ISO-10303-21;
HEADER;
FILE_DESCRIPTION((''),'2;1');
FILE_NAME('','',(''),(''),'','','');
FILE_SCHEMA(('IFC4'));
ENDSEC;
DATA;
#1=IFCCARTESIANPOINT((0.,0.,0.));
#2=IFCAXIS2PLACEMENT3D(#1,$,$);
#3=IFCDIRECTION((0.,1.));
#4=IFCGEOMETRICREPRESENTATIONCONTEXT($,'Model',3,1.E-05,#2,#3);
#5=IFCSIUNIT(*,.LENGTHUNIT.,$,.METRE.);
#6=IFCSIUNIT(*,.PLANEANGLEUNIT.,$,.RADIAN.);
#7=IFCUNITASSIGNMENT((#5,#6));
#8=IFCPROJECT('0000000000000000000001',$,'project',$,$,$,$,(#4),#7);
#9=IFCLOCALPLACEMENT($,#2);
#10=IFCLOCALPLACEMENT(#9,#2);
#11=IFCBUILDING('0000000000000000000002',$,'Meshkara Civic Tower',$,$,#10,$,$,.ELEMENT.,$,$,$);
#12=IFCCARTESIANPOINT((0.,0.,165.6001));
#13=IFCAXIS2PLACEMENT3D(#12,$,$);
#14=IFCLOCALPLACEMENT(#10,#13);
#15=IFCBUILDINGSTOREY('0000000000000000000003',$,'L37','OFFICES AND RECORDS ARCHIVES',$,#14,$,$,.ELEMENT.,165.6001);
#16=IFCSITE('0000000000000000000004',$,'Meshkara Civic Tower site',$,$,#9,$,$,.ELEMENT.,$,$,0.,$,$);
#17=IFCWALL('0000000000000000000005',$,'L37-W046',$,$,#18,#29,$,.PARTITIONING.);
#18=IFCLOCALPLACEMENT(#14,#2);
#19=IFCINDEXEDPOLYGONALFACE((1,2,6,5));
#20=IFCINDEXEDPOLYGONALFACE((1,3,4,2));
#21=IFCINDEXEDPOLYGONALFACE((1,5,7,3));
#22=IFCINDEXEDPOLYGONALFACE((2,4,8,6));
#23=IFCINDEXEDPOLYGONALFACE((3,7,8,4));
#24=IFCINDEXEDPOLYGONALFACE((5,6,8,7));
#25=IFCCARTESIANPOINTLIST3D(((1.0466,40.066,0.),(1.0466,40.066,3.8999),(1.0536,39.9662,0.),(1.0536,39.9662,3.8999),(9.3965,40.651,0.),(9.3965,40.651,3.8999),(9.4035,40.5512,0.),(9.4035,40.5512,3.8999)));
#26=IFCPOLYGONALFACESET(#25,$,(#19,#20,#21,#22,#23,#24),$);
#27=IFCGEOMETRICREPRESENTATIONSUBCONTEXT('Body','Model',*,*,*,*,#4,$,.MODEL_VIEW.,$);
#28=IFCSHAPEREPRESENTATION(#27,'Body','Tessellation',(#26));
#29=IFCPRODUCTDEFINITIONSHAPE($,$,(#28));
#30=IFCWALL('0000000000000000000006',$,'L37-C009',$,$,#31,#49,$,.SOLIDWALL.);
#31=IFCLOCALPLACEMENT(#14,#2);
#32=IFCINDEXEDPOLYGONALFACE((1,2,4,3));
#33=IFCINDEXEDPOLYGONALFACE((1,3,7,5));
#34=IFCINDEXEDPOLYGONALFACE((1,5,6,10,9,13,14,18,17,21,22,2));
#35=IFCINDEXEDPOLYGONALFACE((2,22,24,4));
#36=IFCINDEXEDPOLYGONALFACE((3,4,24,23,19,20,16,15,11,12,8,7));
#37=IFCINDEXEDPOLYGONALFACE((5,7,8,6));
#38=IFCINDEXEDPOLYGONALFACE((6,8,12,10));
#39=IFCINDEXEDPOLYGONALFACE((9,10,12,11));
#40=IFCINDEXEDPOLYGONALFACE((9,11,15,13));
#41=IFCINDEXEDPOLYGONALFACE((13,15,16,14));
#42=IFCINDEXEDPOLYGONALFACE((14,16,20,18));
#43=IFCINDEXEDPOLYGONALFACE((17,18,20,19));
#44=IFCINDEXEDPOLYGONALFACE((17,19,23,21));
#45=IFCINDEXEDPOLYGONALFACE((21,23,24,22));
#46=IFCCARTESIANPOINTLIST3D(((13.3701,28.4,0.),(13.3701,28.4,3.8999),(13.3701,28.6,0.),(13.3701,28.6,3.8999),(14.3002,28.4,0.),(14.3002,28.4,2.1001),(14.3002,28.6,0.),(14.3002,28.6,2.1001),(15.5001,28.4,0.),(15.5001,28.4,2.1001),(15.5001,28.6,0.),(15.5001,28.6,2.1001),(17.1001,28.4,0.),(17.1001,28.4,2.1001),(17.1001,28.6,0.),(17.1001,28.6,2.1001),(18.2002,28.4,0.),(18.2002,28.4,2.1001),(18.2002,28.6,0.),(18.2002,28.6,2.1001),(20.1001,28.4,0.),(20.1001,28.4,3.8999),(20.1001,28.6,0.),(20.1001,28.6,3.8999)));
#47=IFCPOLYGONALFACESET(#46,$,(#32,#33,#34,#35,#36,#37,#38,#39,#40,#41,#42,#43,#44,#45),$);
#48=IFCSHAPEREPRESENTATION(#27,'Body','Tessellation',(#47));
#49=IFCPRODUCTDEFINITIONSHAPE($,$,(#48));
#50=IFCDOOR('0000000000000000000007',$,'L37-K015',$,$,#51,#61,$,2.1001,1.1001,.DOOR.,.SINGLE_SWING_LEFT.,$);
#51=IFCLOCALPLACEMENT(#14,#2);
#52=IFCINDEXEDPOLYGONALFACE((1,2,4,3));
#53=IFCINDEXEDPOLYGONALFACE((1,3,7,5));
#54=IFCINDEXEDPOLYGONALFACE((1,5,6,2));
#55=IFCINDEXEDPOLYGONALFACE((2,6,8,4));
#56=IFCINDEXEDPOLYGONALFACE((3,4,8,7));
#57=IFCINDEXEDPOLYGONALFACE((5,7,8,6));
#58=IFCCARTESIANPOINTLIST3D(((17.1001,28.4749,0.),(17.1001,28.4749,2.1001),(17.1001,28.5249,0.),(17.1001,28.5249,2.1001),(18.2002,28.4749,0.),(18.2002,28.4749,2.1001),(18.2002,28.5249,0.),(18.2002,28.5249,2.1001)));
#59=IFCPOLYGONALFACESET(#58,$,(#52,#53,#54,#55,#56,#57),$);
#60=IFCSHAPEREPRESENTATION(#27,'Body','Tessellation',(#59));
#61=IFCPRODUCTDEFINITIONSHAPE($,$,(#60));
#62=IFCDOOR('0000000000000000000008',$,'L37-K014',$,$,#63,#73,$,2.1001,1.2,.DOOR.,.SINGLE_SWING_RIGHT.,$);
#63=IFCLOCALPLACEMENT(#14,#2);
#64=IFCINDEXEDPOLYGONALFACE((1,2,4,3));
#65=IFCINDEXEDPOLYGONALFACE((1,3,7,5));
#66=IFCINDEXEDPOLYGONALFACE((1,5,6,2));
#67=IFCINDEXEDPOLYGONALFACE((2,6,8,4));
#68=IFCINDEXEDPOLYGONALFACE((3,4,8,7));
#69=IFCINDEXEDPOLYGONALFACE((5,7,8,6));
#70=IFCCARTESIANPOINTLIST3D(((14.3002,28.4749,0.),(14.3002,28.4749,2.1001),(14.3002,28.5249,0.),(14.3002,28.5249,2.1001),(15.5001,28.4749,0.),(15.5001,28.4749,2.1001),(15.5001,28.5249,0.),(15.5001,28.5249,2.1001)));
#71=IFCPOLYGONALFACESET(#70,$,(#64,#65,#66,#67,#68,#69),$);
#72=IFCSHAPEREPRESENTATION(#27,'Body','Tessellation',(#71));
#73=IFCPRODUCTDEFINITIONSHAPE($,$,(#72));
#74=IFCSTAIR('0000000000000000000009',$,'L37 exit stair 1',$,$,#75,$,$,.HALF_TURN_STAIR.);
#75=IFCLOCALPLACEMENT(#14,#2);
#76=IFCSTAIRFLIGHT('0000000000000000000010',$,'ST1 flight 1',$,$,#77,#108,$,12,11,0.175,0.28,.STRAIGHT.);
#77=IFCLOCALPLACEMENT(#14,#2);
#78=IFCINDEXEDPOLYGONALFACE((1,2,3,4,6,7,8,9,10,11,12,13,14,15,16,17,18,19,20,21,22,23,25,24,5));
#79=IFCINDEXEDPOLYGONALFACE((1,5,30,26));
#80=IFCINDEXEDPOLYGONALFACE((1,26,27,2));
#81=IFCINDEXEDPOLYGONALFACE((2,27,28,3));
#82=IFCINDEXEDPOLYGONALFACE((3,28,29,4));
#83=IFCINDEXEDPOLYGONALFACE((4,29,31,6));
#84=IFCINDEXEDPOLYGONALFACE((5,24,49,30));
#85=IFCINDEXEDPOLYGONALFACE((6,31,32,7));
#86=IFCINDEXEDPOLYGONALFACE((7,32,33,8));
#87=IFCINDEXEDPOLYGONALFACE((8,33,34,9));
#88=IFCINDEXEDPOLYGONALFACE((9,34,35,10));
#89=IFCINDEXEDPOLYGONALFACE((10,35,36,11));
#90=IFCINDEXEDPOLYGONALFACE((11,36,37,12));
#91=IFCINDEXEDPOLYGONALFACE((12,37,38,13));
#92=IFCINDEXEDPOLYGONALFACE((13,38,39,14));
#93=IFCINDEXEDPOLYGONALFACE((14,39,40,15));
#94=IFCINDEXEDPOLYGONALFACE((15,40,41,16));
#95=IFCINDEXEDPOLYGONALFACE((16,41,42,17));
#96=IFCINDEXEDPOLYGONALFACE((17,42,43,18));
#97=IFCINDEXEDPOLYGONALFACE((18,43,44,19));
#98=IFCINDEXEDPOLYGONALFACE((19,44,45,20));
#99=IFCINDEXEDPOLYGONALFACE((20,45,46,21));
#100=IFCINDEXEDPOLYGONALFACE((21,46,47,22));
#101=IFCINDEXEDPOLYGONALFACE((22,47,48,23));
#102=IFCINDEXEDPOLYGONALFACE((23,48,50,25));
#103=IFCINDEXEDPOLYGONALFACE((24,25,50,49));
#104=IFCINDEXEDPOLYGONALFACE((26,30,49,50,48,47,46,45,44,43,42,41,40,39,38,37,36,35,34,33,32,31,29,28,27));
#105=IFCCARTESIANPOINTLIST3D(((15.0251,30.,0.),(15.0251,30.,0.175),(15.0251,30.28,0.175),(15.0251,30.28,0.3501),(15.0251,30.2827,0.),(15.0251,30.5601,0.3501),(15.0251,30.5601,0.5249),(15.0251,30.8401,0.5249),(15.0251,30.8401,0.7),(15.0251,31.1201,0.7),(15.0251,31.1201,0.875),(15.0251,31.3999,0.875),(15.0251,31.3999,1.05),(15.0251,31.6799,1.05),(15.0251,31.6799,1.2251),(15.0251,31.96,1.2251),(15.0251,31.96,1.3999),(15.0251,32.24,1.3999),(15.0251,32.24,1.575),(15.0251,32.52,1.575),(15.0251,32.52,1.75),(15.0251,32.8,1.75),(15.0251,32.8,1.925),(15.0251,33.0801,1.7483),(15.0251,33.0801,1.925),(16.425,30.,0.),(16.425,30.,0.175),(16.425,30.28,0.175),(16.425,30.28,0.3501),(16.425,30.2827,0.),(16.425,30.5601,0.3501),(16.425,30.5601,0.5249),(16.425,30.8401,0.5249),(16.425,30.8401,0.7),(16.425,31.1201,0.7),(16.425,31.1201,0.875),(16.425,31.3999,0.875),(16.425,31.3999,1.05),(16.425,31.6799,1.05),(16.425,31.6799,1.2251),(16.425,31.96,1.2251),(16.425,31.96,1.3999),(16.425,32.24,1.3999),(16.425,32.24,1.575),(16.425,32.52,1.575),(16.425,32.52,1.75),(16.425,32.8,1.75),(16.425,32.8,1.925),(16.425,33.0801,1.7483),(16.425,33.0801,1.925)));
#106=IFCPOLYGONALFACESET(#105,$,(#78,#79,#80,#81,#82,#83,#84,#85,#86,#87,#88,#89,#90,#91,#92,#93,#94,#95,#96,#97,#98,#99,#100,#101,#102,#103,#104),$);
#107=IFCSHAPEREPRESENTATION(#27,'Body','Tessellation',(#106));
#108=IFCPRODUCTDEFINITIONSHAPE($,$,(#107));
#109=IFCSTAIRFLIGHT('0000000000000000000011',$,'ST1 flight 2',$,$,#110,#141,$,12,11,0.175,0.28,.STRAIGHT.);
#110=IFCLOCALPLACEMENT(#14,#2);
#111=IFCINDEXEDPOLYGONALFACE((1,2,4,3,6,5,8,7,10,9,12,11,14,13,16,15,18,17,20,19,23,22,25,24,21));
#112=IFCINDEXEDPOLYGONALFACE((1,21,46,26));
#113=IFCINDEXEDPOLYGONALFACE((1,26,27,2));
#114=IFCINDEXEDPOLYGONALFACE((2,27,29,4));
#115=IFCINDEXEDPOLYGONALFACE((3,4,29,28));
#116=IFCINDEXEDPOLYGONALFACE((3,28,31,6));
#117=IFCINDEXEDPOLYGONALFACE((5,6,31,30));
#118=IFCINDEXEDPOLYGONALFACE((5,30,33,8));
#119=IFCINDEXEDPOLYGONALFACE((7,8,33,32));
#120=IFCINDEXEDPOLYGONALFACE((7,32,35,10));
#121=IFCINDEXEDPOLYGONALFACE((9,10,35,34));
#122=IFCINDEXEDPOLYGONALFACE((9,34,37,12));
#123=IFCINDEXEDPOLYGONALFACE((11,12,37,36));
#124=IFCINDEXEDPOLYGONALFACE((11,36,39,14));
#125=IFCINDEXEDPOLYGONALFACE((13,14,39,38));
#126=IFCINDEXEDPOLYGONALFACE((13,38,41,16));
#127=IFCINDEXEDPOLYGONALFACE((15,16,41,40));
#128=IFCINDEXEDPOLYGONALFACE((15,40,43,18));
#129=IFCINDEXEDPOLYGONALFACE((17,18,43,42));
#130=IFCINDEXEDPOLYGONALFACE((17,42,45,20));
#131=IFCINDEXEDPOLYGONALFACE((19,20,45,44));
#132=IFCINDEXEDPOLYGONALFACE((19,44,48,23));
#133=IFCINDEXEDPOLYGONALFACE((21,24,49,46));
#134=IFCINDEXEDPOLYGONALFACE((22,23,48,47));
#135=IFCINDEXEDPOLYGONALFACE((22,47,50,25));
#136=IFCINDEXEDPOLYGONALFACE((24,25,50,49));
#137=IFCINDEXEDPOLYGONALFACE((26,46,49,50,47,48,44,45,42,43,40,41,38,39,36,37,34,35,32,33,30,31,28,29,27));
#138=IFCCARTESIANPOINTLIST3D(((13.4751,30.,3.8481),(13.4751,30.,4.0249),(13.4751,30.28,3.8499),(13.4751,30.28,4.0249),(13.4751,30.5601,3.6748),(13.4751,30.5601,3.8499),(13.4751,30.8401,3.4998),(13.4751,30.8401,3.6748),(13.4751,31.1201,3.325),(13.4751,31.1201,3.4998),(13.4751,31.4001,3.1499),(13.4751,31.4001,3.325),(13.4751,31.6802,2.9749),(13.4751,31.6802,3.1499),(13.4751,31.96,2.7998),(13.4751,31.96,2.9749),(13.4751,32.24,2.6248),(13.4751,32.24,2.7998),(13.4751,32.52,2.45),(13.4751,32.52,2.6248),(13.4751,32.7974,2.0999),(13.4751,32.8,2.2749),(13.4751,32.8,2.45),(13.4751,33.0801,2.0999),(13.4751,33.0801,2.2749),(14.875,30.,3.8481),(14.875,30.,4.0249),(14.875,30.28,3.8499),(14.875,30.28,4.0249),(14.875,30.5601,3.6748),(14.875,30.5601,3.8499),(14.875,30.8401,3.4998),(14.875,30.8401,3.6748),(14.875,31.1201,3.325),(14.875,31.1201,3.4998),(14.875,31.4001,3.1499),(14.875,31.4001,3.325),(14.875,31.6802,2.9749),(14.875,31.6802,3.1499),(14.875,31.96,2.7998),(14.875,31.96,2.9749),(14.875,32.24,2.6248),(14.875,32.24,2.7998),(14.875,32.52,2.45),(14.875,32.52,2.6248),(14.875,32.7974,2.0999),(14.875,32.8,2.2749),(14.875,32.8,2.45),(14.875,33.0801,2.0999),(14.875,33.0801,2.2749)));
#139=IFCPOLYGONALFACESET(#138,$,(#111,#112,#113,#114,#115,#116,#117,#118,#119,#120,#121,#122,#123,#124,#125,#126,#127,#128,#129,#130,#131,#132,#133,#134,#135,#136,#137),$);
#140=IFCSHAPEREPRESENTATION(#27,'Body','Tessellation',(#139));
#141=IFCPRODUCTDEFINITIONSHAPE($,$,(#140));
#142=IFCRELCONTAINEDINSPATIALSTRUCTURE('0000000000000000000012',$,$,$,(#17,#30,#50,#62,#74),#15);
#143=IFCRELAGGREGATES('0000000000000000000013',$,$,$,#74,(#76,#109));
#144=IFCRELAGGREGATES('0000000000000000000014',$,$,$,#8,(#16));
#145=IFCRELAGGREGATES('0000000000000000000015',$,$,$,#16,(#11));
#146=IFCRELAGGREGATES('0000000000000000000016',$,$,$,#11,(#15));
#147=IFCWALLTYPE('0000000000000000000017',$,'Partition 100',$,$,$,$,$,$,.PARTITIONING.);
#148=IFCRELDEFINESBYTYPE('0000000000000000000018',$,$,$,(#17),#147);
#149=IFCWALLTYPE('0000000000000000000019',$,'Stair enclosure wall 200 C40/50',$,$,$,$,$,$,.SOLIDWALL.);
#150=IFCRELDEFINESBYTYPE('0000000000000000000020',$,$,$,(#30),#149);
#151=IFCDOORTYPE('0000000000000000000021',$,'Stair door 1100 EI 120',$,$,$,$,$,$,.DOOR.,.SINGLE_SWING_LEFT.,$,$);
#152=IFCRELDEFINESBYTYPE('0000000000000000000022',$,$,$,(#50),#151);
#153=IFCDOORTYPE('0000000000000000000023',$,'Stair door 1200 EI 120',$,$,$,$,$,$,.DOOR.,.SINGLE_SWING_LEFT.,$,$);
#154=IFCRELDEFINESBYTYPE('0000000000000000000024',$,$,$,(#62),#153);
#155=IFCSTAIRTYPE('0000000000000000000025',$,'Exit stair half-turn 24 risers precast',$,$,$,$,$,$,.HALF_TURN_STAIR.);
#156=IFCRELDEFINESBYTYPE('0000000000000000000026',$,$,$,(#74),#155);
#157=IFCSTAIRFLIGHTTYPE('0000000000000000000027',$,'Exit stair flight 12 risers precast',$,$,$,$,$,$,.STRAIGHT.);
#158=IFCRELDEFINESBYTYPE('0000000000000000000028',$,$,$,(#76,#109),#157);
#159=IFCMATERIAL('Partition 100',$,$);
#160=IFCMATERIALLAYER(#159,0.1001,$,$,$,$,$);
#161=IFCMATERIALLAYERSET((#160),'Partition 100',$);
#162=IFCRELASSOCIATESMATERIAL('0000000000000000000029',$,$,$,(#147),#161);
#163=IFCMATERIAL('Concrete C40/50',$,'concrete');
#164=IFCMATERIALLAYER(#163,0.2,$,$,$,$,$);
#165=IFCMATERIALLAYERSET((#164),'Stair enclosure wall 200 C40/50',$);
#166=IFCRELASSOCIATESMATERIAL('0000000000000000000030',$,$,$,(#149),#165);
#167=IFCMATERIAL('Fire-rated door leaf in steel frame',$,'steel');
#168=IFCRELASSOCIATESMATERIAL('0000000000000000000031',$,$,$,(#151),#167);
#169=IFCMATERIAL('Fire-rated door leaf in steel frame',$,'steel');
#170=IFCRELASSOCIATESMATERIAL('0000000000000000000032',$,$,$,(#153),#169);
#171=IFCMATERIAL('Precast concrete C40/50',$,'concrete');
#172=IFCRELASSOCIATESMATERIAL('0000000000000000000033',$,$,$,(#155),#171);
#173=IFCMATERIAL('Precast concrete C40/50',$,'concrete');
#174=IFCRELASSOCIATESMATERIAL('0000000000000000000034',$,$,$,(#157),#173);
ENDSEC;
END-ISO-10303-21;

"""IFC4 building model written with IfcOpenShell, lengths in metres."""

from ifc_helpers import new_model, si_unit, direction, frame, frame_2d, origin, place, context, subcontext, project, spatial, polyline, rectangle, outline, extrude, material, layer, layer_set, type_object, element, fill, aggregate, save


model = new_model("IFC4")

# Units and contexts
model_context = context("Model", 3, precision=1e-05, world=origin(), true_north=direction((0.0, 1.0)))
body_context = subcontext(model_context, "Body", "Model", "MODEL_VIEW")
ifc_project = project(units=[si_unit("LENGTHUNIT", "METRE"), si_unit("PLANEANGLEUNIT", "RADIAN")], contexts=[model_context])

# Site, building, storey
site_placement = place(None, origin())
site = spatial("IfcSite", under=ifc_project, at=site_placement, Name="Meshkara Civic Tower site", CompositionType="ELEMENT", RefElevation=0.0)
building_placement = place(site_placement, origin())
building = spatial("IfcBuilding", under=site, at=building_placement, Name="Meshkara Civic Tower", CompositionType="ELEMENT")
storey_placement = place(building_placement, frame((0.0, 0.0, 165.6001)))
storey = spatial("IfcBuildingStorey", under=building, at=storey_placement, Name="L37", Description="OFFICES AND RECORDS ARCHIVES", CompositionType="ELEMENT", Elevation=165.6001)

# Wall
ifc_material_1 = material(Name="Partition 100")
ifc_layer_1 = layer(ifc_material_1, 0.1001)
ifc_layer_set_1 = layer_set([ifc_layer_1], Name="Partition 100")
wall_type_1 = type_object("IfcWallType", Name="Partition 100", PredefinedType="PARTITIONING", material=ifc_layer_set_1)
wall_1_placement = place(storey_placement, frame((9.3999, 40.6011, 0.0), z_axis=(0.0, 0.0, 1.0), x_axis=(-0.997555, -0.069885, 0.0)))
element("IfcWall", 1, at=wall_1_placement, inside=storey, type_object=wall_type_1, Name="L37-W046", PredefinedType="PARTITIONING", context=body_context, shape_type="SweptSolid", body=[
    extrude(rectangle(XDim=8.3704, YDim=0.1001, at=frame_2d((4.1851, 0.0))), origin(), (0.0, 0.0, 1.0), 3.8999),
])

# Wall, openings, doors
ifc_material_2 = material(Name="Concrete C40/50", Category="concrete")
ifc_layer_2 = layer(ifc_material_2, 0.2)
ifc_layer_set_2 = layer_set([ifc_layer_2], Name="Stair enclosure wall 200 C40/50")
wall_type_2 = type_object("IfcWallType", Name="Stair enclosure wall 200 C40/50", PredefinedType="SOLIDWALL", material=ifc_layer_set_2)
wall_2_placement = place(storey_placement, frame((13.3701, 28.5, 0.0), z_axis=(0.0, 0.0, 1.0), x_axis=(1.0, 0.0, 0.0)))
wall_2 = element("IfcWall", 2, at=wall_2_placement, inside=storey, type_object=wall_type_2, Name="L37-C009", PredefinedType="SOLIDWALL", context=body_context, shape_type="SweptSolid", body=[
    extrude(rectangle(XDim=6.73, YDim=0.2, at=frame_2d((3.365, 0.0))), origin(), (0.0, 0.0, 1.0), 3.8999),
])
opening_1_placement = place(wall_2_placement, frame((0.9299, 0.0, 0.0)))
opening_1 = element("IfcOpeningElement", 3, at=opening_1_placement, cuts=wall_2, PredefinedType="OPENING", context=body_context, shape_type="SweptSolid", body=[
    extrude(rectangle(XDim=1.2, YDim=2.1001, at=frame_2d((0.6001, 1.05))), frame((0.0, 0.1099, 0.0), z_axis=(0.0, -1.0, 0.0), x_axis=(1.0, 0.0, 0.0)), (0.0, 0.0, 1.0), 0.22),
])
opening_2_placement = place(wall_2_placement, frame((3.73, 0.0, 0.0)))
opening_2 = element("IfcOpeningElement", 4, at=opening_2_placement, cuts=wall_2, PredefinedType="OPENING", context=body_context, shape_type="SweptSolid", body=[
    extrude(rectangle(XDim=1.1001, YDim=2.1001, at=frame_2d((0.55, 1.05))), frame((0.0, 0.1099, 0.0), z_axis=(0.0, -1.0, 0.0), x_axis=(1.0, 0.0, 0.0)), (0.0, 0.0, 1.0), 0.22),
])
ifc_material_3 = material(Name="Fire-rated door leaf in steel frame", Category="steel")
door_type_1 = type_object("IfcDoorType", Name="Stair door 1100 EI 120", OperationType="SINGLE_SWING_LEFT", PredefinedType="DOOR", material=ifc_material_3)
door_1_placement = place(opening_2_placement, origin())
door_1 = element("IfcDoor", 5, at=door_1_placement, inside=storey, type_object=door_type_1, Name="L37-K015", OperationType="SINGLE_SWING_LEFT", OverallHeight=2.1001, OverallWidth=1.1001, PredefinedType="DOOR", context=body_context, shape_type="SweptSolid", body=[
    extrude(rectangle(XDim=1.1001, YDim=2.1001, at=frame_2d((0.55, 1.05))), frame((0.0, 0.0249, 0.0), z_axis=(0.0, -1.0, 0.0), x_axis=(1.0, 0.0, 0.0)), (0.0, 0.0, 1.0), 0.05),
])
fill(opening_2, door_1)
ifc_material_4 = material(Name="Fire-rated door leaf in steel frame", Category="steel")
door_type_2 = type_object("IfcDoorType", Name="Stair door 1200 EI 120", OperationType="SINGLE_SWING_LEFT", PredefinedType="DOOR", material=ifc_material_4)
door_2_placement = place(opening_1_placement, origin())
door_2 = element("IfcDoor", 6, at=door_2_placement, inside=storey, type_object=door_type_2, Name="L37-K014", OperationType="SINGLE_SWING_RIGHT", OverallHeight=2.1001, OverallWidth=1.2, PredefinedType="DOOR", context=body_context, shape_type="SweptSolid", body=[
    extrude(rectangle(XDim=1.2, YDim=2.1001, at=frame_2d((0.6001, 1.05))), frame((0.0, 0.0249, 0.0), z_axis=(0.0, -1.0, 0.0), x_axis=(1.0, 0.0, 0.0)), (0.0, 0.0, 1.0), 0.05),
])
fill(opening_1, door_2)

# Stair, stair flights
ifc_material_5 = material(Name="Precast concrete C40/50", Category="concrete")
stair_type = type_object("IfcStairType", Name="Exit stair half-turn 24 risers precast", PredefinedType="HALF_TURN_STAIR", material=ifc_material_5)
stair_placement = place(storey_placement, origin())
stair = element("IfcStair", 7, at=stair_placement, inside=storey, type_object=stair_type, Name="L37 exit stair 1", PredefinedType="HALF_TURN_STAIR")
ifc_material_6 = material(Name="Precast concrete C40/50", Category="concrete")
stair_flight_type = type_object("IfcStairFlightType", Name="Exit stair flight 12 risers precast", PredefinedType="STRAIGHT", material=ifc_material_6)
stair_flight_1_placement = place(storey_placement, frame((15.7251, 30.0, 0.0), z_axis=(0.0, 0.0, 1.0), x_axis=(0.0, 1.0, 0.0)))
stair_flight_1 = element("IfcStairFlight", 8, at=stair_flight_1_placement, type_object=stair_flight_type, Name="ST1 flight 1", NumberOfRisers=12, NumberOfTreads=11, PredefinedType="STRAIGHT", RiserHeight=0.175, TreadLength=0.28, context=body_context, shape_type="SweptSolid", body=[
    extrude(outline(polyline([(0.0, 0.0), (0.0, 0.175), (0.28, 0.175), (0.28, 0.3501), (0.5601, 0.3501), (0.5601, 0.5249), (0.8401, 0.5249), (0.8401, 0.7), (1.1201, 0.7), (1.1201, 0.875), (1.3999, 0.875), (1.3999, 1.05), (1.6799, 1.05), (1.6799, 1.2251), (1.96, 1.2251), (1.96, 1.3999), (2.24, 1.3999), (2.24, 1.575), (2.52, 1.575), (2.52, 1.75), (2.8, 1.75), (2.8, 1.925), (3.0801, 1.925), (3.0801, 2.1001), (3.0801, 1.7483), (0.2827, 0.0), (0.0, 0.0)])), frame((0.0, 0.7, 0.0), z_axis=(0.0, -1.0, 0.0), x_axis=(1.0, 0.0, 0.0)), (0.0, 0.0, 1.0), 1.3999),
])
stair_flight_2_placement = place(storey_placement, frame((14.175, 33.0801, 2.0999), z_axis=(0.0, 0.0, 1.0), x_axis=(0.0, -1.0, 0.0)))
stair_flight_2 = element("IfcStairFlight", 9, at=stair_flight_2_placement, type_object=stair_flight_type, Name="ST1 flight 2", NumberOfRisers=12, NumberOfTreads=11, PredefinedType="STRAIGHT", RiserHeight=0.175, TreadLength=0.28, context=body_context, shape_type="SweptSolid", body=[
    extrude(outline(polyline([(0.0, 0.0), (0.0, 0.175), (0.28, 0.175), (0.28, 0.3501), (0.5601, 0.3501), (0.5601, 0.5249), (0.8401, 0.5249), (0.8401, 0.7), (1.1201, 0.7), (1.1201, 0.875), (1.3999, 0.875), (1.3999, 1.05), (1.6799, 1.05), (1.6799, 1.2251), (1.96, 1.2251), (1.96, 1.3999), (2.24, 1.3999), (2.24, 1.575), (2.52, 1.575), (2.52, 1.75), (2.8, 1.75), (2.8, 1.925), (3.0801, 1.925), (3.0801, 2.1001), (3.0801, 1.7483), (0.2827, 0.0), (0.0, 0.0)])), frame((0.0, 0.7, 0.0), z_axis=(0.0, -1.0, 0.0), x_axis=(1.0, 0.0, 0.0)), (0.0, 0.0, 1.0), 1.3999),
])
aggregate(stair, [stair_flight_1, stair_flight_2])

save(model, "model.ifc")
